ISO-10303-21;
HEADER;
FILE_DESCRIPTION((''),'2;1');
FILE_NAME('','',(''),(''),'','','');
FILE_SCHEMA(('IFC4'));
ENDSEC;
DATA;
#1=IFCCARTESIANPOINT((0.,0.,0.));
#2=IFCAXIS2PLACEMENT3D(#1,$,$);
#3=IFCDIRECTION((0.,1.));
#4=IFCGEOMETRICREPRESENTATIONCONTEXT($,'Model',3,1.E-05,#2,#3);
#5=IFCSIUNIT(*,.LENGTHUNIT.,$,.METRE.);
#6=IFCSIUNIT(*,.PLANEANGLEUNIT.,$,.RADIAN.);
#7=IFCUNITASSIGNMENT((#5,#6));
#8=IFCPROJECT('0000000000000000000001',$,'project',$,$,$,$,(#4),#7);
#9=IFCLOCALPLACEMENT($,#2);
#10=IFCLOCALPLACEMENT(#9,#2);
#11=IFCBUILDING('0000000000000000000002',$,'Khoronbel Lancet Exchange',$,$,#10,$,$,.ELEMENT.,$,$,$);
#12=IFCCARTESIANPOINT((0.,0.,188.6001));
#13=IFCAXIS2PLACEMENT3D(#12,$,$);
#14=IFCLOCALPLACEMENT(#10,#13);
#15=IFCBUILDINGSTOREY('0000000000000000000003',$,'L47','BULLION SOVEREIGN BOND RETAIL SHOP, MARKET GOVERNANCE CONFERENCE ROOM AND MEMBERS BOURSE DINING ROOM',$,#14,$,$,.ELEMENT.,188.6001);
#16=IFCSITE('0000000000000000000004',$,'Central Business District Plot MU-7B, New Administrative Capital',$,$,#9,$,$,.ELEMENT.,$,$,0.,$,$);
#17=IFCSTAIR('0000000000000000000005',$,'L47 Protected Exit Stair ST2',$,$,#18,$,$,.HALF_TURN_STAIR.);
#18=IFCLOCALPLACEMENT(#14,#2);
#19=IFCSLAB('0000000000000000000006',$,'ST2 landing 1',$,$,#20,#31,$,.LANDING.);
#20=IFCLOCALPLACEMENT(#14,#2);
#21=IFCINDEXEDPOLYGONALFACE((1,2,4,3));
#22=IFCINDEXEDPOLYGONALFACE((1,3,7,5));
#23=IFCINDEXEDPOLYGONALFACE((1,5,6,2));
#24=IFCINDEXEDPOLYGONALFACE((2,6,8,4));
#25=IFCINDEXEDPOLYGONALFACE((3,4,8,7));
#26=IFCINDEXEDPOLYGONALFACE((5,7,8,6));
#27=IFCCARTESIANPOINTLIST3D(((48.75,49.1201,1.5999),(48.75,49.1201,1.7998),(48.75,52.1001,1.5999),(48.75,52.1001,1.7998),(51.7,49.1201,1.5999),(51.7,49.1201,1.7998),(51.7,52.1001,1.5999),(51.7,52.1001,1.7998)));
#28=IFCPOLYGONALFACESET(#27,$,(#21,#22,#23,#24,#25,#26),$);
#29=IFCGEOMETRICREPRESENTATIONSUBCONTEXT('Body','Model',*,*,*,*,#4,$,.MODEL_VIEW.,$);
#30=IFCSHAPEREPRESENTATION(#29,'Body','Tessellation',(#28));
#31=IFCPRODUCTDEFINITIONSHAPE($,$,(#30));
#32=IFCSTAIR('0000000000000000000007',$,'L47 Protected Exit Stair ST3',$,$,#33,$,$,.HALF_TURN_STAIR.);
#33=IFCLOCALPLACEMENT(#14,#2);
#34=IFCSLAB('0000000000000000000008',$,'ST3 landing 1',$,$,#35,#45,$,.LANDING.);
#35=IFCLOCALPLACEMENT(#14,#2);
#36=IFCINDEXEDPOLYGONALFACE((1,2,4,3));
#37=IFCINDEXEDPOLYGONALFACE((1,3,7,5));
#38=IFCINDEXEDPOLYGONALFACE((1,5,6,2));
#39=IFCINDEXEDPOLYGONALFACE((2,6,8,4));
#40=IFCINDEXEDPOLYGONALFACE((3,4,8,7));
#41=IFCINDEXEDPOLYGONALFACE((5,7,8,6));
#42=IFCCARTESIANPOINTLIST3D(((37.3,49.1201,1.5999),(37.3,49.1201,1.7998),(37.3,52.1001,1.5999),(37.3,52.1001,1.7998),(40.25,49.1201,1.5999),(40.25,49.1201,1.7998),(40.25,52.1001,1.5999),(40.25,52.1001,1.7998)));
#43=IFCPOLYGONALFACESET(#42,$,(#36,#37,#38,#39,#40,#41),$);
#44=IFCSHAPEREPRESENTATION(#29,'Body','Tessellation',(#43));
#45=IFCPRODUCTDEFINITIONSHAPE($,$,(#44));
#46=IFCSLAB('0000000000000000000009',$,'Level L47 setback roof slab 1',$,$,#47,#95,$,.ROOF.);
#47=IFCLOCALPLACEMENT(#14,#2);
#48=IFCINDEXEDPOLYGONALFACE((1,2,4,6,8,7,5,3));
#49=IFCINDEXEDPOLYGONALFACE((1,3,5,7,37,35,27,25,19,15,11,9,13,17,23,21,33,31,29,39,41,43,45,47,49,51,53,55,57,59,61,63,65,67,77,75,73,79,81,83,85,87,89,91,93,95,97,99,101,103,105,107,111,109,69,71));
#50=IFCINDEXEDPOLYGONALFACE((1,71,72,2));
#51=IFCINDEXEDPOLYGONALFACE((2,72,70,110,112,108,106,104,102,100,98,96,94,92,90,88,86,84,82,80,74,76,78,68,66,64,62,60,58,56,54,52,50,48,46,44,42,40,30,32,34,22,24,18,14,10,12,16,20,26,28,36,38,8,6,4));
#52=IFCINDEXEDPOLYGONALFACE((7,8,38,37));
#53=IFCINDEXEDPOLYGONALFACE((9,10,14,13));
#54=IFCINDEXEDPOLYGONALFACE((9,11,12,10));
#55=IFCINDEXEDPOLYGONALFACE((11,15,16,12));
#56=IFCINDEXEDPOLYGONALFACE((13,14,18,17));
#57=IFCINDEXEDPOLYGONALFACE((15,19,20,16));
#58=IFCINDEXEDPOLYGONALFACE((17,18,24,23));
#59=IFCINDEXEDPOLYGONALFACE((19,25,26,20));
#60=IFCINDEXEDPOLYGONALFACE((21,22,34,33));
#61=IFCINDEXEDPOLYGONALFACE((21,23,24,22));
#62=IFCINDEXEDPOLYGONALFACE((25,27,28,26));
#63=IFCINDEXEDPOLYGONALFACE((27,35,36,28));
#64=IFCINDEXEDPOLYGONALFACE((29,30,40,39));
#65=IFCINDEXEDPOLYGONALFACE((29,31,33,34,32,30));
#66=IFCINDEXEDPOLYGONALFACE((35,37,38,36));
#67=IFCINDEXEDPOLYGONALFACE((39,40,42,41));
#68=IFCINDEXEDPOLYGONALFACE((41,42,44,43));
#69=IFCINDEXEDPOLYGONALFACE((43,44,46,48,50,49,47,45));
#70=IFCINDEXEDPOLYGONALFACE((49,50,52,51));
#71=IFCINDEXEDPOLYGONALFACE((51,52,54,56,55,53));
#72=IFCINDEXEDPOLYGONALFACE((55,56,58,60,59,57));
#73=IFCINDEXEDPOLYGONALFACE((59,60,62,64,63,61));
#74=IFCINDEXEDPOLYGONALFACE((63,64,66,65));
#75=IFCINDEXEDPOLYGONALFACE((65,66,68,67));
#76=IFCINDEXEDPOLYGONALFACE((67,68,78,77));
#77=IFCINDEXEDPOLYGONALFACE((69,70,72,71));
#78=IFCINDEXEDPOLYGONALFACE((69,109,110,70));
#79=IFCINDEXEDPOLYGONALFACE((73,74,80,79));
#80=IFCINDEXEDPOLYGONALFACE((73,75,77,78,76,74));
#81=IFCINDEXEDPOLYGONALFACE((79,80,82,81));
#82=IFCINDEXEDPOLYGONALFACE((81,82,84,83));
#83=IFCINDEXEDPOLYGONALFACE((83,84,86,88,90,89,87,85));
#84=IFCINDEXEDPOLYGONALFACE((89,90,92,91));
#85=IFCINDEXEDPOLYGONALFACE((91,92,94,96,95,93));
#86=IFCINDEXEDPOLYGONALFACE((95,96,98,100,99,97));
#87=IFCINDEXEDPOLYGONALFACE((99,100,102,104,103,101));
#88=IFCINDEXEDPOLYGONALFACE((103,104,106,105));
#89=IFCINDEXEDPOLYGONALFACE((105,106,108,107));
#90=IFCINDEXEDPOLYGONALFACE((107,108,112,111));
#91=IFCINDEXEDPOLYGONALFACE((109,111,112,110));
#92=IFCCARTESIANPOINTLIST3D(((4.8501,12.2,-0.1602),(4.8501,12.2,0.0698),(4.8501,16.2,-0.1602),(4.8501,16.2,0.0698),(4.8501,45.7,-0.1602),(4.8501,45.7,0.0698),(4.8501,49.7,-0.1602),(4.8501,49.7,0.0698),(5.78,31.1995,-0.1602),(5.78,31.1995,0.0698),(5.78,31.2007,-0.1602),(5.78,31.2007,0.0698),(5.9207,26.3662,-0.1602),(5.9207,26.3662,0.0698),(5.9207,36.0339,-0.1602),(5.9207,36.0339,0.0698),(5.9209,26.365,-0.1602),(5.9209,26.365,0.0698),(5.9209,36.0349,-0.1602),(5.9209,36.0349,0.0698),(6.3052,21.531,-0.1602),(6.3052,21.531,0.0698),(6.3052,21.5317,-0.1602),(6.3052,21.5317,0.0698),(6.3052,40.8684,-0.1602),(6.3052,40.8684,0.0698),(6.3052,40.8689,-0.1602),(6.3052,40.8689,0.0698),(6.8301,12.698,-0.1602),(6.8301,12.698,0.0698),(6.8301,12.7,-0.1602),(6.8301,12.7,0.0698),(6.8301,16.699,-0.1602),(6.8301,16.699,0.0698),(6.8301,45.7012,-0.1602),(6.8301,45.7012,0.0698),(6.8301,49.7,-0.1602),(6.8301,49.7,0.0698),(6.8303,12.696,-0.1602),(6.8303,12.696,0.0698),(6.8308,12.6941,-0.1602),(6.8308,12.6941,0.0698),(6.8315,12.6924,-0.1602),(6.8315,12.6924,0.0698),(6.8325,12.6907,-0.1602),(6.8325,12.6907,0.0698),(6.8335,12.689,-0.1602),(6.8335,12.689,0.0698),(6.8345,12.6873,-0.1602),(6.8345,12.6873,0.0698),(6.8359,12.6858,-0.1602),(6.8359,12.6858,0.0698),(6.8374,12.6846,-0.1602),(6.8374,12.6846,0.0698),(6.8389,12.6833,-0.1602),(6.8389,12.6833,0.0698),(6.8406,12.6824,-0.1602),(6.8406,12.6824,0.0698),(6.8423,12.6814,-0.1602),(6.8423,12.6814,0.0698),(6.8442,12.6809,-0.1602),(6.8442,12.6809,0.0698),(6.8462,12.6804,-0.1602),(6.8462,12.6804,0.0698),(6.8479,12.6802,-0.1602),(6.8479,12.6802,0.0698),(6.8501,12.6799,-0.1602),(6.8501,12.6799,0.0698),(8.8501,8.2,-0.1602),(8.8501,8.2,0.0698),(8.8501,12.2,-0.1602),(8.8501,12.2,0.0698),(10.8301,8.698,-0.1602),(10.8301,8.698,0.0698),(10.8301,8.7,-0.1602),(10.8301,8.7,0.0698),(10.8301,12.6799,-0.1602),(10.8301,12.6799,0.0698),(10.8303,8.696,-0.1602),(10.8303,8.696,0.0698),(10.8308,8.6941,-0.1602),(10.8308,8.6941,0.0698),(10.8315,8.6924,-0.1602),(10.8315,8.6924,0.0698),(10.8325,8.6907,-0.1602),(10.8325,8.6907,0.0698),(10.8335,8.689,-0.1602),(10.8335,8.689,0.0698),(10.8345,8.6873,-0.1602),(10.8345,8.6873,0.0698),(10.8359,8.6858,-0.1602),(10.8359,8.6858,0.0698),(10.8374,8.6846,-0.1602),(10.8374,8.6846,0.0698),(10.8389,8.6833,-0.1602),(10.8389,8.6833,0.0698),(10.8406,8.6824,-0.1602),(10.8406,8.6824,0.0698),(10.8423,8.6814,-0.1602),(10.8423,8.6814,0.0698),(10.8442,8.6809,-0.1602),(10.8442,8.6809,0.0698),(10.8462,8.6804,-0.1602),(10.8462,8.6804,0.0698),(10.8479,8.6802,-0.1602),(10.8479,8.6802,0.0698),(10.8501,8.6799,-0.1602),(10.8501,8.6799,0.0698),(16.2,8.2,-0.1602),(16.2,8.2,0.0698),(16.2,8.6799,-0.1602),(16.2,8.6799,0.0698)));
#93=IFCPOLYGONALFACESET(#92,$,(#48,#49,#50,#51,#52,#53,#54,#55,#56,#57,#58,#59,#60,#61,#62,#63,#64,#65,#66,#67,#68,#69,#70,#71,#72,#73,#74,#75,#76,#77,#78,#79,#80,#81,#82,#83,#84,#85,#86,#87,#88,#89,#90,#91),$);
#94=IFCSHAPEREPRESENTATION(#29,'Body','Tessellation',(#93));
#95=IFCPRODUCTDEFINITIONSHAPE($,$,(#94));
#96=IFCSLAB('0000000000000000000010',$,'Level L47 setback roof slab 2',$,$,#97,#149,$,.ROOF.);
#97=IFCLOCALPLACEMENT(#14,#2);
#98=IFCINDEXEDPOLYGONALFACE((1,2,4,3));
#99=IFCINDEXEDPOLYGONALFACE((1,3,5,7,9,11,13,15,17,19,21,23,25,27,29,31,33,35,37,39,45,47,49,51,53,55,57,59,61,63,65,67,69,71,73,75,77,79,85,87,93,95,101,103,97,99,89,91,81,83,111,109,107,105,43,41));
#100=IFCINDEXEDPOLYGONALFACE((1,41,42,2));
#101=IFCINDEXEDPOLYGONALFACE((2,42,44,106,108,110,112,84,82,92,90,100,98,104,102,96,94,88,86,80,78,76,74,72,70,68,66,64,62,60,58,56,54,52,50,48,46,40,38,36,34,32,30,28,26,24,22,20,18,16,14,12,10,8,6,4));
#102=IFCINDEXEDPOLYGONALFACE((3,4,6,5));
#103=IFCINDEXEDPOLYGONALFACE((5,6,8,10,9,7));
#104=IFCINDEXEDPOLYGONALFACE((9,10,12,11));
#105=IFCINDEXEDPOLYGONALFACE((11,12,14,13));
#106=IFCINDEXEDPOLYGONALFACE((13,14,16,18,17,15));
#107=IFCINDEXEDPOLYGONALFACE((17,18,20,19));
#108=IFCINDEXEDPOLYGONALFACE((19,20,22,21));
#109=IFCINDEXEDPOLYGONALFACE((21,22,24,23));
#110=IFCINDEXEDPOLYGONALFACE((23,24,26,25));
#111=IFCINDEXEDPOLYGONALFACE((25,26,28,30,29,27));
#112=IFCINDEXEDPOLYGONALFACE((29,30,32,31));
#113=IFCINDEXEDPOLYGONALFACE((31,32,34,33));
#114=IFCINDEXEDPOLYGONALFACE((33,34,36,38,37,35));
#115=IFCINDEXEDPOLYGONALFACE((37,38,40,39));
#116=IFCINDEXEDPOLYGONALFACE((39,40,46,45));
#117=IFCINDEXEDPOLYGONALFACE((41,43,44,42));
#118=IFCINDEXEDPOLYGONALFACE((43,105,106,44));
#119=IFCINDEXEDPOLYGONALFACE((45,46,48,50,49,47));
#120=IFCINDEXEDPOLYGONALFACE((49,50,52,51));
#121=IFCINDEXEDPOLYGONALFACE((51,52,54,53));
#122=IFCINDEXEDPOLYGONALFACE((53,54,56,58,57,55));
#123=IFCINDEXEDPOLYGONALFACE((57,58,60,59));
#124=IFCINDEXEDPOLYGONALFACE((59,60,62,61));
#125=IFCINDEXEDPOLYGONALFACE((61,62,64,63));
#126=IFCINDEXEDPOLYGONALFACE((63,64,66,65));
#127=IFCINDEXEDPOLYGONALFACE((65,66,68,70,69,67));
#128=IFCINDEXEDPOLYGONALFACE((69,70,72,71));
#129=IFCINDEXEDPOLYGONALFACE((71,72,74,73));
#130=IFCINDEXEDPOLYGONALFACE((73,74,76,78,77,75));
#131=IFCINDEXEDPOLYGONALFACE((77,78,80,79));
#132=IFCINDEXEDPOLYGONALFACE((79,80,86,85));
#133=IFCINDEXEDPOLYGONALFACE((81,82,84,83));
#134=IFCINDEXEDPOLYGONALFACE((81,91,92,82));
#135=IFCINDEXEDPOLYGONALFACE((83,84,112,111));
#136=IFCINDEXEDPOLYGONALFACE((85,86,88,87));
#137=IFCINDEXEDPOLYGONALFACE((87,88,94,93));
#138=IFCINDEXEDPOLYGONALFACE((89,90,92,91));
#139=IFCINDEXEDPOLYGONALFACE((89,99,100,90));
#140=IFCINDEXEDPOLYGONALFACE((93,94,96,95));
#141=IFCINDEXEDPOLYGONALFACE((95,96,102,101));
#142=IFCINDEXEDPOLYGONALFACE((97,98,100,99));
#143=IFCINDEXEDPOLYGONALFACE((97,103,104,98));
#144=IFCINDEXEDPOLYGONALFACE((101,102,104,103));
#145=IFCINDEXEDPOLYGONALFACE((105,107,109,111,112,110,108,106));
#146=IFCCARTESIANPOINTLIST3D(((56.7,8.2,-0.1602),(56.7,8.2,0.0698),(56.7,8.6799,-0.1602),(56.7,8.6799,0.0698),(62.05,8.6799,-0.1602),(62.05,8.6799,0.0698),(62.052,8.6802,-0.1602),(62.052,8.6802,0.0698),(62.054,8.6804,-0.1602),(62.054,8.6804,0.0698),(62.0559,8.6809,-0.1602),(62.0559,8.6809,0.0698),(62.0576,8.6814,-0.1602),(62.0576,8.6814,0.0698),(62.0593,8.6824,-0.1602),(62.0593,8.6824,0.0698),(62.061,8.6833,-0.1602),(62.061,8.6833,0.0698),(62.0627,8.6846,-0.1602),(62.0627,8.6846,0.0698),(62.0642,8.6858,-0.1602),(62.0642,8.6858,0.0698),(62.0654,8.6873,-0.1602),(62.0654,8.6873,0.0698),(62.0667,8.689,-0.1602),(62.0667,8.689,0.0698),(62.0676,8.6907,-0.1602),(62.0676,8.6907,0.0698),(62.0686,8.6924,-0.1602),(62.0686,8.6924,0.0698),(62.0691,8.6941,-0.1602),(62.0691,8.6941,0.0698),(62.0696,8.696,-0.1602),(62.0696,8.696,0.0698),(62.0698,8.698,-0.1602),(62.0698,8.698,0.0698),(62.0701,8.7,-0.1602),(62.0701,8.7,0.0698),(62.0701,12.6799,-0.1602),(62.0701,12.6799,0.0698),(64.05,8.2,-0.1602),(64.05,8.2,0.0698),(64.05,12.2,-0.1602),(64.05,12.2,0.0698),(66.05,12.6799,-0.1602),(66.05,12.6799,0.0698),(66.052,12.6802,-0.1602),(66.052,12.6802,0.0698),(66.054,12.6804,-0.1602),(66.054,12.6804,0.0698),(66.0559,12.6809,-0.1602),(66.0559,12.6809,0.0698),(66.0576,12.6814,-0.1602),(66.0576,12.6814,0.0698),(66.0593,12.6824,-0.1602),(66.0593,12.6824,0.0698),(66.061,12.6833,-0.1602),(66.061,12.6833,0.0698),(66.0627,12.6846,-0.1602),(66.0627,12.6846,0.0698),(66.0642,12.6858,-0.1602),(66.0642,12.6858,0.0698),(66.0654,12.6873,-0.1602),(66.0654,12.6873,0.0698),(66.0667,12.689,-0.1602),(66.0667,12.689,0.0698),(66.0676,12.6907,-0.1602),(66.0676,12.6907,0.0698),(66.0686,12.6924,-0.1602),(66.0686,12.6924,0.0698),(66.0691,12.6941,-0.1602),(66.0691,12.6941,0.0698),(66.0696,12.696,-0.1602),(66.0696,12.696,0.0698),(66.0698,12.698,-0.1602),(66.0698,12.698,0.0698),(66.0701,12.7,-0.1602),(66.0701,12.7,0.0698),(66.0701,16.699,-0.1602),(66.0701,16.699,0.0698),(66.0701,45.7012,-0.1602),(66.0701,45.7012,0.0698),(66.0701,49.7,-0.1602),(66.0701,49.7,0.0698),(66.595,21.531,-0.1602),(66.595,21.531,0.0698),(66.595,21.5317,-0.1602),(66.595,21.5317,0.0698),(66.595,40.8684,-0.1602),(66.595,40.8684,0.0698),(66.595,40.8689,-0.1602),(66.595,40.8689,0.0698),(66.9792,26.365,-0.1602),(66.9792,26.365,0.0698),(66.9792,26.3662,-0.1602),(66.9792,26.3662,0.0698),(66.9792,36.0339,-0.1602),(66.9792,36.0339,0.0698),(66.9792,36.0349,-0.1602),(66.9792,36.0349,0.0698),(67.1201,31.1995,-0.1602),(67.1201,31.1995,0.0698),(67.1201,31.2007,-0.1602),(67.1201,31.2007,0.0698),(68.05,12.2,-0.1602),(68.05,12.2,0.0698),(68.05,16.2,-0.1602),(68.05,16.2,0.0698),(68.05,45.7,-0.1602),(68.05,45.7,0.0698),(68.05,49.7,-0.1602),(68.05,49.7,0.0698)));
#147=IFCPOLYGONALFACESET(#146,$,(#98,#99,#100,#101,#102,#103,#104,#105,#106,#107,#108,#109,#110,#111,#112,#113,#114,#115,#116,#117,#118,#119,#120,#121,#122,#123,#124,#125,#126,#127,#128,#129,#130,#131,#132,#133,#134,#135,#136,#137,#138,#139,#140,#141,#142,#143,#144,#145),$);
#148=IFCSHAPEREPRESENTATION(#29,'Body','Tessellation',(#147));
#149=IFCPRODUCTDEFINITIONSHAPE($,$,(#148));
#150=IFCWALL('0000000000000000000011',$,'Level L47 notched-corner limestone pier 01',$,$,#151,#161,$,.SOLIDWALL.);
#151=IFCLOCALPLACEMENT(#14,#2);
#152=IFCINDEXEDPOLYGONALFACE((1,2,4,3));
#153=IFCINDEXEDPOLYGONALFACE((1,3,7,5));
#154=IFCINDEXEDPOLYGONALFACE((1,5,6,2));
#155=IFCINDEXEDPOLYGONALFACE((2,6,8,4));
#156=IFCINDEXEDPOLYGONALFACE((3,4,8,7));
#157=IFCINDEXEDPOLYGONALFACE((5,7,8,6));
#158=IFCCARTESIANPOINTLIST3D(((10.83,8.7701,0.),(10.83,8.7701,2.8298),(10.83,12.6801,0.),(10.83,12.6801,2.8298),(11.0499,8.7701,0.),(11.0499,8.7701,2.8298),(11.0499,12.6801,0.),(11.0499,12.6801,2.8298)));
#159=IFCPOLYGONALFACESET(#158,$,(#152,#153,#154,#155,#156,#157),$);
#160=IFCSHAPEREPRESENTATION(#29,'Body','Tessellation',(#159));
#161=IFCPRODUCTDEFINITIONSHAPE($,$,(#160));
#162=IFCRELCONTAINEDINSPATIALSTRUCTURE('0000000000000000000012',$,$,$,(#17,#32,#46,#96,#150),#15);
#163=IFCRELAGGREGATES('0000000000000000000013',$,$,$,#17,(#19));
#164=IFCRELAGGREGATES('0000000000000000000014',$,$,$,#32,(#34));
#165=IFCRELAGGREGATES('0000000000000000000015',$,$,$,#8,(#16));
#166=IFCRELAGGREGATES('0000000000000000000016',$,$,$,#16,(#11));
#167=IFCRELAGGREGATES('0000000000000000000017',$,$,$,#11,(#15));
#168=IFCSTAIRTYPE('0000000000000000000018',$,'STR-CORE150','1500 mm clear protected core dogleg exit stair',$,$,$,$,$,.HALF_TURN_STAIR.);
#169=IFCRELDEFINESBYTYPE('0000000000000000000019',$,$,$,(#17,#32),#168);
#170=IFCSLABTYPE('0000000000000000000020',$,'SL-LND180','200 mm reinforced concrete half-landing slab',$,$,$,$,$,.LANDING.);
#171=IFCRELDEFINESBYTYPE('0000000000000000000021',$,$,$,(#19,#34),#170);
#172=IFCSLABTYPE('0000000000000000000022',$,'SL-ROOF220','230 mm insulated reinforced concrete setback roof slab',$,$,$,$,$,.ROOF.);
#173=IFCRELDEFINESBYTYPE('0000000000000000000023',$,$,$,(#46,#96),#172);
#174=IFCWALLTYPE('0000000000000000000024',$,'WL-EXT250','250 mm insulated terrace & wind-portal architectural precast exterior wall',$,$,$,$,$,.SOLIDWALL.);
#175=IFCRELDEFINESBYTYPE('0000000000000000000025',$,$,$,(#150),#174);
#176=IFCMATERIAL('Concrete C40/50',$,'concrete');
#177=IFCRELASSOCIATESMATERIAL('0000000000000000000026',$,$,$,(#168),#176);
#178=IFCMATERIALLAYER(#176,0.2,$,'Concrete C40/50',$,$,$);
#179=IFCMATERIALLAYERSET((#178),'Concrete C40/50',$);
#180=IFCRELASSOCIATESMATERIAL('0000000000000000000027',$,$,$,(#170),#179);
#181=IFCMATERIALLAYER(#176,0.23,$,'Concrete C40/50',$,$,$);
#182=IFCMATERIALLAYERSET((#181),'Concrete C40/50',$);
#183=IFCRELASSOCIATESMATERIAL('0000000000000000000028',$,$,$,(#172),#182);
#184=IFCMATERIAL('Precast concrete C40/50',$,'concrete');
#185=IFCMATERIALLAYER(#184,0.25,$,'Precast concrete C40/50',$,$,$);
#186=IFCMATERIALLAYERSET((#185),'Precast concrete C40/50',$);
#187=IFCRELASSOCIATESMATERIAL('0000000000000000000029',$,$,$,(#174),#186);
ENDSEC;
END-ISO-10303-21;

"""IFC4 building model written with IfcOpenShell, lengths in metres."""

from ifc_helpers import new_model, si_unit, direction, frame, frame_2d, origin, place, context, subcontext, project, spatial, polyline, rectangle, outline, extrude, material, layer, layer_set, type_object, element, aggregate, save


model = new_model("IFC4")

# Units and contexts
model_context = context("Model", 3, precision=1e-05, world=origin(), true_north=direction((0.0, 1.0)))
body_context = subcontext(model_context, "Body", "Model", "MODEL_VIEW")
ifc_project = project(units=[si_unit("LENGTHUNIT", "METRE"), si_unit("PLANEANGLEUNIT", "RADIAN")], contexts=[model_context])

# Site, building, storey
site_placement = place(None, origin())
site = spatial("IfcSite", under=ifc_project, at=site_placement, Name="Central Business District Plot MU-7B, New Administrative Capital", CompositionType="ELEMENT", RefElevation=0.0)
building_placement = place(site_placement, origin())
building = spatial("IfcBuilding", under=site, at=building_placement, Name="Khoronbel Lancet Exchange", CompositionType="ELEMENT")
storey_placement = place(building_placement, frame((0.0, 0.0, 188.6001)))
storey = spatial("IfcBuildingStorey", under=building, at=storey_placement, Name="L47", Description="BULLION SOVEREIGN BOND RETAIL SHOP, MARKET GOVERNANCE CONFERENCE ROOM AND MEMBERS BOURSE DINING ROOM", CompositionType="ELEMENT", Elevation=188.6001)

# Shared definitions
ifc_material_1 = material(Name="Concrete C40/50", Category="concrete")

# Stairs, slabs
stair_type = type_object("IfcStairType", Name="STR-CORE150", Description="1500 mm clear protected core dogleg exit stair", PredefinedType="HALF_TURN_STAIR", material=ifc_material_1)
ifc_layer_1 = layer(ifc_material_1, 0.2, Name="Concrete C40/50")
ifc_layer_set_1 = layer_set([ifc_layer_1], Name="Concrete C40/50")
slab_type_1 = type_object("IfcSlabType", Name="SL-LND180", Description="200 mm reinforced concrete half-landing slab", PredefinedType="LANDING", material=ifc_layer_set_1)
stair_1_placement = place(storey_placement, origin())
stair_1 = element("IfcStair", 1, at=stair_1_placement, inside=storey, type_object=stair_type, Name="L47 Protected Exit Stair ST2", PredefinedType="HALF_TURN_STAIR")
slab_1_placement = place(storey_placement, frame((0.0, 0.0, 1.5999)))
slab_1 = element("IfcSlab", 2, at=slab_1_placement, type_object=slab_type_1, Name="ST2 landing 1", PredefinedType="LANDING", context=body_context, shape_type="SweptSolid", body=[
    extrude(outline(polyline([(51.7, 52.1001), (48.75, 52.1001), (48.75, 49.1201), (51.7, 49.1201), (51.7, 52.1001)])), origin(), (0.0, 0.0, 1.0), 0.2),
])
aggregate(stair_1, [slab_1])
stair_2_placement = place(storey_placement, origin())
stair_2 = element("IfcStair", 3, at=stair_2_placement, inside=storey, type_object=stair_type, Name="L47 Protected Exit Stair ST3", PredefinedType="HALF_TURN_STAIR")
slab_2_placement = place(storey_placement, frame((0.0, 0.0, 1.5999)))
slab_2 = element("IfcSlab", 4, at=slab_2_placement, type_object=slab_type_1, Name="ST3 landing 1", PredefinedType="LANDING", context=body_context, shape_type="SweptSolid", body=[
    extrude(outline(polyline([(37.3, 49.1201), (40.25, 49.1201), (40.25, 52.1001), (37.3, 52.1001), (37.3, 49.1201)])), origin(), (0.0, 0.0, 1.0), 0.2),
])
aggregate(stair_2, [slab_2])

# Slabs
ifc_layer_2 = layer(ifc_material_1, 0.23, Name="Concrete C40/50")
ifc_layer_set_2 = layer_set([ifc_layer_2], Name="Concrete C40/50")
slab_type_2 = type_object("IfcSlabType", Name="SL-ROOF220", Description="230 mm insulated reinforced concrete setback roof slab", PredefinedType="ROOF", material=ifc_layer_set_2)
slab_3_placement = place(storey_placement, frame((0.0, 0.0, -0.1602)))
element("IfcSlab", 5, at=slab_3_placement, inside=storey, type_object=slab_type_2, Name="Level L47 setback roof slab 1", PredefinedType="ROOF", context=body_context, shape_type="SweptSolid", body=[
    extrude(outline(polyline([(8.8501, 8.2), (8.8501, 12.2), (4.8501, 12.2), (4.8501, 16.2), (4.8501, 45.7), (4.8501, 49.7), (6.8301, 49.7), (6.8301, 45.7012), (6.3052, 40.8689), (6.3052, 40.8684), (5.9209, 36.0349), (5.9207, 36.0339), (5.78, 31.2007), (5.78, 31.1995), (5.9207, 26.3662), (5.9209, 26.365), (6.3052, 21.5317), (6.3052, 21.531), (6.8301, 16.699), (6.8301, 12.7), (6.8301, 12.698), (6.8303, 12.696), (6.8308, 12.6941), (6.8315, 12.6924), (6.8325, 12.6907), (6.8335, 12.689), (6.8345, 12.6873), (6.8359, 12.6858), (6.8374, 12.6846), (6.8389, 12.6833), (6.8406, 12.6824), (6.8423, 12.6814), (6.8442, 12.6809), (6.8462, 12.6804), (6.8479, 12.6802), (6.8501, 12.6799), (10.8301, 12.6799), (10.8301, 8.7), (10.8301, 8.698), (10.8303, 8.696), (10.8308, 8.6941), (10.8315, 8.6924), (10.8325, 8.6907), (10.8335, 8.689), (10.8345, 8.6873), (10.8359, 8.6858), (10.8374, 8.6846), (10.8389, 8.6833), (10.8406, 8.6824), (10.8423, 8.6814), (10.8442, 8.6809), (10.8462, 8.6804), (10.8479, 8.6802), (10.8501, 8.6799), (16.2, 8.6799), (16.2, 8.2), (8.8501, 8.2)])), origin(), (0.0, 0.0, 1.0), 0.23),
])
slab_4_placement = place(storey_placement, frame((0.0, 0.0, -0.1602)))
element("IfcSlab", 6, at=slab_4_placement, inside=storey, type_object=slab_type_2, Name="Level L47 setback roof slab 2", PredefinedType="ROOF", context=body_context, shape_type="SweptSolid", body=[
    extrude(outline(polyline([(68.05, 45.7), (68.05, 16.2), (68.05, 12.2), (64.05, 12.2), (64.05, 8.2), (56.7, 8.2), (56.7, 8.6799), (62.05, 8.6799), (62.052, 8.6802), (62.054, 8.6804), (62.0559, 8.6809), (62.0576, 8.6814), (62.0593, 8.6824), (62.061, 8.6833), (62.0627, 8.6846), (62.0642, 8.6858), (62.0654, 8.6873), (62.0667, 8.689), (62.0676, 8.6907), (62.0686, 8.6924), (62.0691, 8.6941), (62.0696, 8.696), (62.0698, 8.698), (62.0701, 8.7), (62.0701, 12.6799), (66.05, 12.6799), (66.052, 12.6802), (66.054, 12.6804), (66.0559, 12.6809), (66.0576, 12.6814), (66.0593, 12.6824), (66.061, 12.6833), (66.0627, 12.6846), (66.0642, 12.6858), (66.0654, 12.6873), (66.0667, 12.689), (66.0676, 12.6907), (66.0686, 12.6924), (66.0691, 12.6941), (66.0696, 12.696), (66.0698, 12.698), (66.0701, 12.7), (66.0701, 16.699), (66.595, 21.531), (66.595, 21.5317), (66.9792, 26.365), (66.9792, 26.3662), (67.1201, 31.1995), (67.1201, 31.2007), (66.9792, 36.0339), (66.9792, 36.0349), (66.595, 40.8684), (66.595, 40.8689), (66.0701, 45.7012), (66.0701, 49.7), (68.05, 49.7), (68.05, 45.7)])), origin(), (0.0, 0.0, 1.0), 0.23),
])

# Wall
ifc_material_2 = material(Name="Precast concrete C40/50", Category="concrete")
ifc_layer_3 = layer(ifc_material_2, 0.25, Name="Precast concrete C40/50")
ifc_layer_set_3 = layer_set([ifc_layer_3], Name="Precast concrete C40/50")
wall_type = type_object("IfcWallType", Name="WL-EXT250", Description="250 mm insulated terrace & wind-portal architectural precast exterior wall", PredefinedType="SOLIDWALL", material=ifc_layer_set_3)
wall_placement = place(storey_placement, frame((10.9399, 8.77, 0.0), z_axis=(0.0, 0.0, 1.0), x_axis=(0.0, 1.0, 0.0)))
element("IfcWall", 7, at=wall_placement, inside=storey, type_object=wall_type, Name="Level L47 notched-corner limestone pier 01", PredefinedType="SOLIDWALL", context=body_context, shape_type="SweptSolid", body=[
    extrude(rectangle(XDim=3.9099, YDim=0.22, at=frame_2d((1.9551, 0.0))), origin(), (0.0, 0.0, 1.0), 2.8298),
])

save(model, "model.ifc")
